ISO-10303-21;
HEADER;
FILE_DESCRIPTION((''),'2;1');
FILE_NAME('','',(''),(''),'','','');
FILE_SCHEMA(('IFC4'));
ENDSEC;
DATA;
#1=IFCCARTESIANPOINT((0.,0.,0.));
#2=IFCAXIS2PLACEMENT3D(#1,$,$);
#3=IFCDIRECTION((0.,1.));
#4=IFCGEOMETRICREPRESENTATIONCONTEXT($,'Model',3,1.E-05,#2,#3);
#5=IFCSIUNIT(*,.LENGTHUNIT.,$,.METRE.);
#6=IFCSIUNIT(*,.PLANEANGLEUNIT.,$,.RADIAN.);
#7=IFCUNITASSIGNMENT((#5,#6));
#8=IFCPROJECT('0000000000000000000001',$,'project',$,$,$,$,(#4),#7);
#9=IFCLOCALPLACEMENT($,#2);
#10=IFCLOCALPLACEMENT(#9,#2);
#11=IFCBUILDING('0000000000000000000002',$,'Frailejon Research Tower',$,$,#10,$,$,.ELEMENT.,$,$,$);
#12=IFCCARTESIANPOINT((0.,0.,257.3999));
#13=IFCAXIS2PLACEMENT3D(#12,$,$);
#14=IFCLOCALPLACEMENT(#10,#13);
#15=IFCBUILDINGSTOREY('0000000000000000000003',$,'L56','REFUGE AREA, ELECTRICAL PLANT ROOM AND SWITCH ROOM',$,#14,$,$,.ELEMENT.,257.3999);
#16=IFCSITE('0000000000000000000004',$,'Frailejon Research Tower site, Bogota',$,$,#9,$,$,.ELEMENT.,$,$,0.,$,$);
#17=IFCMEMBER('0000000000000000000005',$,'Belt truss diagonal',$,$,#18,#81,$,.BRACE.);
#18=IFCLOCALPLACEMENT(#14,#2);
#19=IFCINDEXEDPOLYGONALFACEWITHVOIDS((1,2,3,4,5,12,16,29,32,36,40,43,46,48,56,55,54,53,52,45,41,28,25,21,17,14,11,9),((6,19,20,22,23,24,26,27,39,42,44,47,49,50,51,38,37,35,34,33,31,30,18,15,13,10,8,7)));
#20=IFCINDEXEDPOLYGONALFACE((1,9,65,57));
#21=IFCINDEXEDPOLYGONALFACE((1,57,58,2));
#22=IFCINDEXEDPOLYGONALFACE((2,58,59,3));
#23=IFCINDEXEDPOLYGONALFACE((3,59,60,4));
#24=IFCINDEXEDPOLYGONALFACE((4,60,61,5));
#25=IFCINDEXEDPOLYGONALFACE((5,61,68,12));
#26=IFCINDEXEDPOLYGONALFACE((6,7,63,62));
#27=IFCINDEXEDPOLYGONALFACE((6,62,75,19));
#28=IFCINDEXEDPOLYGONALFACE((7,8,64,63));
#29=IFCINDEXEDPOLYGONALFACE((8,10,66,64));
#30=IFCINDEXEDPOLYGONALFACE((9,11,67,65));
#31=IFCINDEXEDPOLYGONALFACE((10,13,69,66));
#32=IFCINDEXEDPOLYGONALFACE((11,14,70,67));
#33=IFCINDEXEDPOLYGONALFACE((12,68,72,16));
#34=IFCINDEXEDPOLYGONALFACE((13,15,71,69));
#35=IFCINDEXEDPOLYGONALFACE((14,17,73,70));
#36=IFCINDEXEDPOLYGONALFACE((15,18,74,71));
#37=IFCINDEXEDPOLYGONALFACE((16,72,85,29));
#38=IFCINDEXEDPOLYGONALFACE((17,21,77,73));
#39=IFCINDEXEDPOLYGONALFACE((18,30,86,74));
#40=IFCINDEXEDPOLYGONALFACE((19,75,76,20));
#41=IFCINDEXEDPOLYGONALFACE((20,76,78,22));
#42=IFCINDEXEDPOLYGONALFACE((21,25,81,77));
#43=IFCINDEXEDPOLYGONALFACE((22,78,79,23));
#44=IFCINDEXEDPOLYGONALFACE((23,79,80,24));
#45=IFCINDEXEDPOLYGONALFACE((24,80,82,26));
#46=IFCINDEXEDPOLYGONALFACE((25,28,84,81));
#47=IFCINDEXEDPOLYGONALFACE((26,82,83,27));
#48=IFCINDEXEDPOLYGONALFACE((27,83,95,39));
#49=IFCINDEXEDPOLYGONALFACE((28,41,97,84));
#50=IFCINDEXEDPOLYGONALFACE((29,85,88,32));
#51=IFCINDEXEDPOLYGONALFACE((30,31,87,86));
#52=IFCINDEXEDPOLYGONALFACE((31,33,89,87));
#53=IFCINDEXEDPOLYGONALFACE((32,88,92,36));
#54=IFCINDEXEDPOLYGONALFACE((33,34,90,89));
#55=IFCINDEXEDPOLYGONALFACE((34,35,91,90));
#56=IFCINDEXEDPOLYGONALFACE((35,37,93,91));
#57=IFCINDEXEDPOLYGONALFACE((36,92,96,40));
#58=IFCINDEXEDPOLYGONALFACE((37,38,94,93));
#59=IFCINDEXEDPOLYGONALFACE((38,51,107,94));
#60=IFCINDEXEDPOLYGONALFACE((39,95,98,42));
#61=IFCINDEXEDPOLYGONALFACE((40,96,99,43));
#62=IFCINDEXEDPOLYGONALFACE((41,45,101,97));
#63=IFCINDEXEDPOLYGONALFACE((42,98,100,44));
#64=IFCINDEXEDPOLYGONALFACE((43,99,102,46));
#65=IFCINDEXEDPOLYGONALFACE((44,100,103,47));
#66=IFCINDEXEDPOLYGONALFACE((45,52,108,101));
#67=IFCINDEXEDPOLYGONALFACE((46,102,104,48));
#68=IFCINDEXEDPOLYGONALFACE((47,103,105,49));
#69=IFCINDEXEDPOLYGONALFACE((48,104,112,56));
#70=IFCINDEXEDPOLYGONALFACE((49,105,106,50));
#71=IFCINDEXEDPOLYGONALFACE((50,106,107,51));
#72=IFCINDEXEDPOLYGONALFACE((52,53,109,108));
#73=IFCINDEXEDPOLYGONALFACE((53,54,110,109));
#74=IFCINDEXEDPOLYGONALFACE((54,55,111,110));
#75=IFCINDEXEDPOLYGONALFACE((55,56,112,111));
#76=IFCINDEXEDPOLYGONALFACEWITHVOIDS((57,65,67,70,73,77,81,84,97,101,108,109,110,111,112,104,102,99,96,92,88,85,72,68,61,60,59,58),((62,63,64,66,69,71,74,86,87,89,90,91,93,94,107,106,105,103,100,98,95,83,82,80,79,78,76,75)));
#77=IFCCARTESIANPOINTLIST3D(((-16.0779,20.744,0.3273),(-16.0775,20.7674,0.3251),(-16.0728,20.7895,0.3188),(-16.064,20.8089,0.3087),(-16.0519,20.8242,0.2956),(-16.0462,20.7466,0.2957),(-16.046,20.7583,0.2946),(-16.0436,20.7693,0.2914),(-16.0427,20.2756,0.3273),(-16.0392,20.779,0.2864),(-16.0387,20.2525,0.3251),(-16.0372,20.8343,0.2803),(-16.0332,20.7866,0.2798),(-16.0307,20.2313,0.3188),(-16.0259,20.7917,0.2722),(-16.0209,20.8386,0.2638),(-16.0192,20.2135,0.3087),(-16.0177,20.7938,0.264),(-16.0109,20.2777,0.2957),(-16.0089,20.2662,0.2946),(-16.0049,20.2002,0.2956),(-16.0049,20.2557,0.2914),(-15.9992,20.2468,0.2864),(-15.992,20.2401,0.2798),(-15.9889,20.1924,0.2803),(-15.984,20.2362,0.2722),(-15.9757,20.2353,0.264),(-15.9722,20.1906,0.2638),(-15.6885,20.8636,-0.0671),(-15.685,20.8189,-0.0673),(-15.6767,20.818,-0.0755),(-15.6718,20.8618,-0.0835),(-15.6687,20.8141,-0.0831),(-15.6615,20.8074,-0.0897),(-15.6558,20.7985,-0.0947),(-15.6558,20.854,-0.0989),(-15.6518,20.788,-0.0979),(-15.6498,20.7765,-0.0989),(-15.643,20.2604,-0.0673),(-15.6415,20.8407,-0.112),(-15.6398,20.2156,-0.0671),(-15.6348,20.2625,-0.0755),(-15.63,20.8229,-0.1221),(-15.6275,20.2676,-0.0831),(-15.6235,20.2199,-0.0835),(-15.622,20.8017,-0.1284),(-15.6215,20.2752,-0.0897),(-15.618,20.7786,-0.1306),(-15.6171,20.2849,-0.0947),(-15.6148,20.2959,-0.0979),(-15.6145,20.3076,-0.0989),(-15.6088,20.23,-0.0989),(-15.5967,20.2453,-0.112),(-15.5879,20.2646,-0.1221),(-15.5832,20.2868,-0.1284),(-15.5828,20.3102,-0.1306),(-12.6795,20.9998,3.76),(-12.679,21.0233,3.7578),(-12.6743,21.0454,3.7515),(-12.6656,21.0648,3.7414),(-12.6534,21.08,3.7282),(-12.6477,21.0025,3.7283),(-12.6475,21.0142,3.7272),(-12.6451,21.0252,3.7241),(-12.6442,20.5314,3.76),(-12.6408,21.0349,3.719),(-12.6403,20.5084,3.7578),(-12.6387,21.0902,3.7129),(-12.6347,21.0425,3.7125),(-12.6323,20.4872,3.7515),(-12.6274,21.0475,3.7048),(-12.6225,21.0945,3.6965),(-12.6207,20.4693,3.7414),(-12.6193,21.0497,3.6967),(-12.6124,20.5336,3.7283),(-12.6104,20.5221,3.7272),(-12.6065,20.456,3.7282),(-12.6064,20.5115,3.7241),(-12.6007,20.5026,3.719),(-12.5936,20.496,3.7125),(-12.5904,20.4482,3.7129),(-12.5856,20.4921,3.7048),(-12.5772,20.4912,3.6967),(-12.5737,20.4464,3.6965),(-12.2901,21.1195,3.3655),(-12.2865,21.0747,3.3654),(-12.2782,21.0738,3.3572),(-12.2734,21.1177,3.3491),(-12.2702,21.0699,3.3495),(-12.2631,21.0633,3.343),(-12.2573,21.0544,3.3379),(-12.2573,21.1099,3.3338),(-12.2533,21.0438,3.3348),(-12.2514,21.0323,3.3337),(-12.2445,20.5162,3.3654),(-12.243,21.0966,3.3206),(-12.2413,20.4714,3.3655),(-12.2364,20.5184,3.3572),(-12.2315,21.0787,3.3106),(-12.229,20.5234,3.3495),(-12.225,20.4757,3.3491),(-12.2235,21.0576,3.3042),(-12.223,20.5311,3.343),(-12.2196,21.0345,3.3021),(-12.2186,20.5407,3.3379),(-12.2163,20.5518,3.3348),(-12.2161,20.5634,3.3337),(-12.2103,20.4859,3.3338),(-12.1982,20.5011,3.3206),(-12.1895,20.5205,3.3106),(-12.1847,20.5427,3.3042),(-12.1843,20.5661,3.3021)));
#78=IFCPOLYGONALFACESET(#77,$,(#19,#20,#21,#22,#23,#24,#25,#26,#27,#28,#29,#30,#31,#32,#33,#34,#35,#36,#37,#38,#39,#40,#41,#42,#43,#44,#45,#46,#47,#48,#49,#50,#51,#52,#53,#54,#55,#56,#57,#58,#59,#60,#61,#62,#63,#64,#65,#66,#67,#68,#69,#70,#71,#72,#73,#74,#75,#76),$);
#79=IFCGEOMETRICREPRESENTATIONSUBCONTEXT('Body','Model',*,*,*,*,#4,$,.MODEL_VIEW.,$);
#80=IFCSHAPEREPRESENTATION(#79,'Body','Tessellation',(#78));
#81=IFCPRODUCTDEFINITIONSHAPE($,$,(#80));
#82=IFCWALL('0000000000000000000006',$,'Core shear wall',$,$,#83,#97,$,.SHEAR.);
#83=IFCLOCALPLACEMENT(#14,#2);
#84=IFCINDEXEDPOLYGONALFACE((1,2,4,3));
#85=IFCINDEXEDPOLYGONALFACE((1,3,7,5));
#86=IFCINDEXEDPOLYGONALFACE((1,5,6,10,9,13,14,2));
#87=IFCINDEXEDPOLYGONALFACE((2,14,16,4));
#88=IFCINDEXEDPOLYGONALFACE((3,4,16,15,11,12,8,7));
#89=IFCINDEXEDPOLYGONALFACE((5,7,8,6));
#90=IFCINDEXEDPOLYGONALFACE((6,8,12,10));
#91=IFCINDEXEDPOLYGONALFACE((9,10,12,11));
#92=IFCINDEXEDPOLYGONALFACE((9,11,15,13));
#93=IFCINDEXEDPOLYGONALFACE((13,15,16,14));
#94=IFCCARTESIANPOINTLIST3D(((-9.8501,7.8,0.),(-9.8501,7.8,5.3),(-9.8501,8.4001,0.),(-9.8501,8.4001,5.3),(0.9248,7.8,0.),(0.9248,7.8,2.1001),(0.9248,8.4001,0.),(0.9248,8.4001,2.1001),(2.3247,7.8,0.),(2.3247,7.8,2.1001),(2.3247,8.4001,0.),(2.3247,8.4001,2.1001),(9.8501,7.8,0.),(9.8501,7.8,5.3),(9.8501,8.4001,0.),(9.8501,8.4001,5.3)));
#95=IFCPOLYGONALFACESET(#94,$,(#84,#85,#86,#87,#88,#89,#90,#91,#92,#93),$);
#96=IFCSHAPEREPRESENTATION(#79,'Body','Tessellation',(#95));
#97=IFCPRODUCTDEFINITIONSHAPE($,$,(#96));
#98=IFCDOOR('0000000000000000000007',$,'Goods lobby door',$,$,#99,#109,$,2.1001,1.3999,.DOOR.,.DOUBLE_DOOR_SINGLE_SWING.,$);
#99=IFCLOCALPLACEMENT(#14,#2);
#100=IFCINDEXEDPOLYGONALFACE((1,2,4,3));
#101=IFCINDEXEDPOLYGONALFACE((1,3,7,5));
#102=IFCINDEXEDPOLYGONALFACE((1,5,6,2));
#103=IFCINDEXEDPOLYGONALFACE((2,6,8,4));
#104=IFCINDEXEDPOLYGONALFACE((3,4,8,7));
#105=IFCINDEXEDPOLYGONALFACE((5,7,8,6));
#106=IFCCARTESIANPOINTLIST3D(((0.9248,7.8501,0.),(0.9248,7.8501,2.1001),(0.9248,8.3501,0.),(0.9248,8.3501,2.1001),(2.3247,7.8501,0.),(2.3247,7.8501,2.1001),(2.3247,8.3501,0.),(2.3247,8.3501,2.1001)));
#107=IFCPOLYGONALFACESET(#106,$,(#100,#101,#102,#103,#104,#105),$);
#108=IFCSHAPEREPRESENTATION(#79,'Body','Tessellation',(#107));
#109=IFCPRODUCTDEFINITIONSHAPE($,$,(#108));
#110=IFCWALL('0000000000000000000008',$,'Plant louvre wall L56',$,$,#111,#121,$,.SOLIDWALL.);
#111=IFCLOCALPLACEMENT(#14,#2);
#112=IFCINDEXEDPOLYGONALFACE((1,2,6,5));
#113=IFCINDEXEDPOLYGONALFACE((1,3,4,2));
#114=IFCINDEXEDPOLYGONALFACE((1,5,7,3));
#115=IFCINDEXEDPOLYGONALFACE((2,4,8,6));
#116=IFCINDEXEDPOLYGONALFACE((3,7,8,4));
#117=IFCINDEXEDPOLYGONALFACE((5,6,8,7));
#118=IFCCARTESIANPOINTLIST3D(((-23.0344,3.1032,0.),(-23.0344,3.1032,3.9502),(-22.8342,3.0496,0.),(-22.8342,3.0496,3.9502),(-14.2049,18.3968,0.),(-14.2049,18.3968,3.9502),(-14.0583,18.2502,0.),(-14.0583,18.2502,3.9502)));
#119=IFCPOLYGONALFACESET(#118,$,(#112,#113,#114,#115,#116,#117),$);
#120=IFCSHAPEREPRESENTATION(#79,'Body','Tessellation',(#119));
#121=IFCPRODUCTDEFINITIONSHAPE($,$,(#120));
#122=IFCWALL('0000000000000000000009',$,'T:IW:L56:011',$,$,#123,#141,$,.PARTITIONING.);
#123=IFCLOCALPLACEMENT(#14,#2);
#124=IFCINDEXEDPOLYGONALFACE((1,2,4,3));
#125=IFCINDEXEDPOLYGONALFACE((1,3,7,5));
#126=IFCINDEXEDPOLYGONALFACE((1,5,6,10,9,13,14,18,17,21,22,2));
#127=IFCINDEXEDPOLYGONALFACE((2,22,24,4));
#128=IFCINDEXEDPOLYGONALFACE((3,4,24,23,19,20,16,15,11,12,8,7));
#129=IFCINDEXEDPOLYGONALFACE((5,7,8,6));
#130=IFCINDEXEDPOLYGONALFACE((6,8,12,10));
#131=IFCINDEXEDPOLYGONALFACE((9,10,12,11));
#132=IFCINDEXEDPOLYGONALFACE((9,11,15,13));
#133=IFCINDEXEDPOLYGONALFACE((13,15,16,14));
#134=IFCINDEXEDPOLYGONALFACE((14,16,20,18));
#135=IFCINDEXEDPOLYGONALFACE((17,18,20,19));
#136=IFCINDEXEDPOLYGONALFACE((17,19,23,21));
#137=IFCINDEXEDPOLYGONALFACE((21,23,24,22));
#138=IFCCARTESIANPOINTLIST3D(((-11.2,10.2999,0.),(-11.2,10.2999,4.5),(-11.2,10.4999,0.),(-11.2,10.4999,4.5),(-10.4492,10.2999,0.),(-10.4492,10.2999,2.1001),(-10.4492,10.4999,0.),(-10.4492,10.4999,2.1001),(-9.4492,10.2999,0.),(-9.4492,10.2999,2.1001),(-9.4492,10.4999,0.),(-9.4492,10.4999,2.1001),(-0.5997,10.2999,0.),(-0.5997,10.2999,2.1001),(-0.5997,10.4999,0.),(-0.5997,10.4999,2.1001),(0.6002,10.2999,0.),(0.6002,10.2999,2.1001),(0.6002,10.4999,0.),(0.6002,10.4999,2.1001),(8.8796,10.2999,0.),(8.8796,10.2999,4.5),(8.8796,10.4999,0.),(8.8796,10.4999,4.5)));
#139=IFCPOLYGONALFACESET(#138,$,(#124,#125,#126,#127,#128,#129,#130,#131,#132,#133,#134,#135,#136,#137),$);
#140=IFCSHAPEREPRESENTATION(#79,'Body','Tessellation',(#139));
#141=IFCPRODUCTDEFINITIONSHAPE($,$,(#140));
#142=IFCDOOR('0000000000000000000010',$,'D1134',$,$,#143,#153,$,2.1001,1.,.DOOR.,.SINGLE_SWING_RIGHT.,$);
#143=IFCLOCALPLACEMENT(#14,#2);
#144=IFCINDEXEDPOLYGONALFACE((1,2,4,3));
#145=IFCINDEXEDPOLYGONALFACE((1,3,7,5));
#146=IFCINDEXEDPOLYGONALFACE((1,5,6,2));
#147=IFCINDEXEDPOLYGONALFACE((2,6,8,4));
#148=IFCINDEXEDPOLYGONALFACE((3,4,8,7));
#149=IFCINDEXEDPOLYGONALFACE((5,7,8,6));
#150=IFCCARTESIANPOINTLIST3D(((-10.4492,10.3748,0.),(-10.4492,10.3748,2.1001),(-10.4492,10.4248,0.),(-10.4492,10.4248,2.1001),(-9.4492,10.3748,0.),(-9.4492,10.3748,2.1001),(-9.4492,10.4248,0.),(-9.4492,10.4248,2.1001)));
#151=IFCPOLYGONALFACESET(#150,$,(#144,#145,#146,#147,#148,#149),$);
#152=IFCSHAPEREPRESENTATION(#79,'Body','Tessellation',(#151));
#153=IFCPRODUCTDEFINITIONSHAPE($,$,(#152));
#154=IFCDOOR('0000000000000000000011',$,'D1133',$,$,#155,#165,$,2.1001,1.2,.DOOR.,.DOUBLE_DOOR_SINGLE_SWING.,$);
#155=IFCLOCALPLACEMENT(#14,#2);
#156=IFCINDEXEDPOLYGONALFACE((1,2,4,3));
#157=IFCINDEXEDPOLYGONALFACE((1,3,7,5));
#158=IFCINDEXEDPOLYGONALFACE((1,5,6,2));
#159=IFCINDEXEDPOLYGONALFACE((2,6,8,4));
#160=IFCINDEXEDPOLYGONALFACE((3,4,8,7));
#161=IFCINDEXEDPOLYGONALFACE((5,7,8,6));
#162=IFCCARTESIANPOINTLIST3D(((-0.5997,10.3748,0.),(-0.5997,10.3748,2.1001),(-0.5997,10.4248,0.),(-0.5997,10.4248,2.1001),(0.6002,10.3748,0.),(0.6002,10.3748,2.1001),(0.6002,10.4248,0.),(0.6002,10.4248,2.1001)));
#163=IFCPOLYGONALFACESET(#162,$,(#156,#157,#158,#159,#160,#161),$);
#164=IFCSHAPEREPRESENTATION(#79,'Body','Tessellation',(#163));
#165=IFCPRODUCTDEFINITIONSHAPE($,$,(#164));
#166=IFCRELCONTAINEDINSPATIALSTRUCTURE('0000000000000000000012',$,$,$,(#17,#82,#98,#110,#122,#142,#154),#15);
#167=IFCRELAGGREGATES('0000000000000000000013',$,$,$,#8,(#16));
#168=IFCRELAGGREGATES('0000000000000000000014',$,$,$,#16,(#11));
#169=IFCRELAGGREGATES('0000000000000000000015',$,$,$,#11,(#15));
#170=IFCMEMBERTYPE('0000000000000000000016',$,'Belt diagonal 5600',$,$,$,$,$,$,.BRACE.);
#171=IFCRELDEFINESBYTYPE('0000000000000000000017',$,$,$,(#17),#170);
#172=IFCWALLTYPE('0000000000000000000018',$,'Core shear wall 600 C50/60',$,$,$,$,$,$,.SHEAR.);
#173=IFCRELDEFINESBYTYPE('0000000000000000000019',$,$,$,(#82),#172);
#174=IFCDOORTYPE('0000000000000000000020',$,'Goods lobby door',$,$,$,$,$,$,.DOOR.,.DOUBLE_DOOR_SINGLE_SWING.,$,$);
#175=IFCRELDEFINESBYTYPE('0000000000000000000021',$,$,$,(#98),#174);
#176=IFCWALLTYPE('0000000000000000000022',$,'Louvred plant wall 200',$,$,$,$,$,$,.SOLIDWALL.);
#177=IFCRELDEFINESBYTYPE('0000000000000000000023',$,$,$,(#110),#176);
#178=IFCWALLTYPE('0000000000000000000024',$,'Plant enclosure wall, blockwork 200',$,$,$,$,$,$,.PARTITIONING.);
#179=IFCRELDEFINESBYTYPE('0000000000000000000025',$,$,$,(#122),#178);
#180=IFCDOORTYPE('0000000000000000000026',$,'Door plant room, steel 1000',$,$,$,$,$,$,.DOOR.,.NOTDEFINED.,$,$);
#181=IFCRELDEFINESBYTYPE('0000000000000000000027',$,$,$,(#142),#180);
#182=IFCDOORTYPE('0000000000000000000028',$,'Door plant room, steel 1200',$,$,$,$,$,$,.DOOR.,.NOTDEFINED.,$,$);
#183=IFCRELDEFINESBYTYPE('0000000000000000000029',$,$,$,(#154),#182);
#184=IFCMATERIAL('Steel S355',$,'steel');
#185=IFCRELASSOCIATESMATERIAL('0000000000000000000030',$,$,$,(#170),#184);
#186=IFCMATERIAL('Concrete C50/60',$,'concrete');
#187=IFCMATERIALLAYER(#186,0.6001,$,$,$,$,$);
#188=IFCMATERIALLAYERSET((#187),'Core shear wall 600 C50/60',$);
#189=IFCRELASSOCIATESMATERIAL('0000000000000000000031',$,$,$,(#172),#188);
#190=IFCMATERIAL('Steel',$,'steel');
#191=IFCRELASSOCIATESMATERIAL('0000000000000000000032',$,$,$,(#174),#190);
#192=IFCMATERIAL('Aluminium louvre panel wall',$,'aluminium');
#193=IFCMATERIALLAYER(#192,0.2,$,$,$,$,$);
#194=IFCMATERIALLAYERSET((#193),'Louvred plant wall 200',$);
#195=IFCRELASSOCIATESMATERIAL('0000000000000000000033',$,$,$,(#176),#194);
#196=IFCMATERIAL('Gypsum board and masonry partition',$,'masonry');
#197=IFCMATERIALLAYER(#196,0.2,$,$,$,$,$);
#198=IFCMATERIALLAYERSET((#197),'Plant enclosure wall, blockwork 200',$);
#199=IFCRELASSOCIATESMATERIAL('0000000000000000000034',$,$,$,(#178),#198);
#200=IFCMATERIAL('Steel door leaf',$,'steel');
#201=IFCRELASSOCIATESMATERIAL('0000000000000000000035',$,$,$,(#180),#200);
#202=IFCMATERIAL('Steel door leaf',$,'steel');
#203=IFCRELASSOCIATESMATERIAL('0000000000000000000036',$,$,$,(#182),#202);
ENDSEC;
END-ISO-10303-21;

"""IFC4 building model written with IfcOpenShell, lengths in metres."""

from ifc_helpers import new_model, si_unit, direction, frame, frame_2d, origin, origin_2d, place, context, subcontext, project, spatial, polyline, rectangle, hollow_rectangle, outline, extrude, material, layer, layer_set, material_profile, profile_set, type_object, element, fill, save


model = new_model("IFC4")

# Units and contexts
model_context = context("Model", 3, precision=1e-05, world=origin(), true_north=direction((0.0, 1.0)))
body_context = subcontext(model_context, "Body", "Model", "MODEL_VIEW")
ifc_project = project(units=[si_unit("LENGTHUNIT", "METRE"), si_unit("PLANEANGLEUNIT", "RADIAN")], contexts=[model_context])

# Site, building, storey
site_placement = place(None, origin())
site = spatial("IfcSite", under=ifc_project, at=site_placement, Name="Frailejon Research Tower site, Bogota", CompositionType="ELEMENT", RefElevation=0.0)
building_placement = place(site_placement, origin())
building = spatial("IfcBuilding", under=site, at=building_placement, Name="Frailejon Research Tower", CompositionType="ELEMENT")
storey_placement = place(building_placement, frame((0.0, 0.0, 257.3999)))
storey = spatial("IfcBuildingStorey", under=building, at=storey_placement, Name="L56", Description="REFUGE AREA, ELECTRICAL PLANT ROOM AND SWITCH ROOM", CompositionType="ELEMENT", Elevation=257.3999)

# Member
ifc_material_1 = material(Name="Steel S355", Category="steel")
ifc_material_profile = material_profile(ifc_material_1, hollow_rectangle(XDim=0.6499, YDim=0.6499, WallThickness=0.0449, InnerFilletRadius=0.0449, OuterFilletRadius=0.0901, at=origin_2d()), Name="Belt diagonal 5600")
ifc_profile_set = profile_set([ifc_material_profile], Name="Steel S355")
member_type = type_object("IfcMemberType", Name="Belt diagonal 5600", PredefinedType="BRACE", material=ifc_profile_set)
member_placement = place(storey_placement, frame((-12.4319, 20.783, 3.531), z_axis=(-0.702575, -0.052895, -0.709641), x_axis=(0.075075, -0.997178, 0.0)))
element("IfcMember", 1, at=member_placement, inside=storey, type_object=member_type, Name="Belt truss diagonal", PredefinedType="BRACE", context=body_context, shape_type="SweptSolid", body=[
    extrude(hollow_rectangle(XDim=0.6499, YDim=0.6499, WallThickness=0.0449, InnerFilletRadius=0.0449, OuterFilletRadius=0.0901, at=origin_2d()), origin(), (0.0, 0.0, 1.0), 4.8372),
])

# Wall, opening, door
ifc_material_2 = material(Name="Concrete C50/60", Category="concrete")
ifc_layer_1 = layer(ifc_material_2, 0.6001)
ifc_layer_set_1 = layer_set([ifc_layer_1], Name="Core shear wall 600 C50/60")
wall_type_1 = type_object("IfcWallType", Name="Core shear wall 600 C50/60", PredefinedType="SHEAR", material=ifc_layer_set_1)
wall_1_placement = place(storey_placement, frame((-9.8501, 8.1001, 0.0), z_axis=(0.0, 0.0, 1.0), x_axis=(1.0, 0.0, 0.0)))
wall_1 = element("IfcWall", 2, at=wall_1_placement, inside=storey, type_object=wall_type_1, Name="Core shear wall", PredefinedType="SHEAR", context=body_context, shape_type="SweptSolid", body=[
    extrude(rectangle(XDim=19.7002, YDim=0.6001, at=frame_2d((9.8501, 0.0))), origin(), (0.0, 0.0, 1.0), 5.3),
])
opening_1_placement = place(wall_1_placement, frame((10.7749, 0.0, 0.0)))
opening_1 = element("IfcOpeningElement", 3, at=opening_1_placement, cuts=wall_1, PredefinedType="OPENING", context=body_context, shape_type="SweptSolid", body=[
    extrude(rectangle(XDim=1.3999, YDim=2.1001, at=frame_2d((0.7, 1.05))), frame((0.0, 0.3101, 0.0), z_axis=(0.0, -1.0, 0.0), x_axis=(1.0, 0.0, 0.0)), (0.0, 0.0, 1.0), 0.6201),
])
ifc_material_3 = material(Name="Steel", Category="steel")
door_type_1 = type_object("IfcDoorType", Name="Goods lobby door", OperationType="DOUBLE_DOOR_SINGLE_SWING", PredefinedType="DOOR", material=ifc_material_3)
door_1_placement = place(opening_1_placement, origin())
door_1 = element("IfcDoor", 4, at=door_1_placement, inside=storey, type_object=door_type_1, Name="Goods lobby door", OperationType="DOUBLE_DOOR_SINGLE_SWING", OverallHeight=2.1001, OverallWidth=1.3999, PredefinedType="DOOR", context=body_context, shape_type="SweptSolid", body=[
    extrude(rectangle(XDim=1.3999, YDim=2.1001, at=frame_2d((0.7, 1.05))), frame((0.0, 0.25, 0.0), z_axis=(0.0, -1.0, 0.0), x_axis=(1.0, 0.0, 0.0)), (0.0, 0.0, 1.0), 0.5),
])
fill(opening_1, door_1)

# Wall
ifc_material_4 = material(Name="Aluminium louvre panel wall", Category="aluminium")
ifc_layer_2 = layer(ifc_material_4, 0.2)
ifc_layer_set_2 = layer_set([ifc_layer_2], Name="Louvred plant wall 200")
wall_type_2 = type_object("IfcWallType", Name="Louvred plant wall 200", PredefinedType="SOLIDWALL", material=ifc_layer_set_2)
wall_2_placement = place(storey_placement, frame((-14.1316, 18.3235, 0.0), z_axis=(0.0, 0.0, 1.0), x_axis=(-0.499993, -0.866029, 0.0)))
element("IfcWall", 5, at=wall_2_placement, inside=storey, type_object=wall_type_2, Name="Plant louvre wall L56", PredefinedType="SOLIDWALL", context=body_context, shape_type="SweptSolid", body=[
    extrude(outline(polyline([(-0.0269, -0.1001), (17.6326, -0.1001), (17.5789, 0.1001), (0.0269, 0.1001), (-0.0269, -0.1001)])), origin(), (0.0, 0.0, 1.0), 3.9502),
])

# Wall, openings, doors
ifc_material_5 = material(Name="Gypsum board and masonry partition", Category="masonry")
ifc_layer_3 = layer(ifc_material_5, 0.2)
ifc_layer_set_3 = layer_set([ifc_layer_3], Name="Plant enclosure wall, blockwork 200")
wall_type_3 = type_object("IfcWallType", Name="Plant enclosure wall, blockwork 200", PredefinedType="PARTITIONING", material=ifc_layer_set_3)
wall_3_placement = place(storey_placement, frame((-11.2, 10.3999, 0.0), z_axis=(0.0, 0.0, 1.0), x_axis=(1.0, 0.0, 0.0)))
wall_3 = element("IfcWall", 6, at=wall_3_placement, inside=storey, type_object=wall_type_3, Name="T:IW:L56:011", PredefinedType="PARTITIONING", context=body_context, shape_type="SweptSolid", body=[
    extrude(rectangle(XDim=20.0796, YDim=0.2, at=frame_2d((10.0398, 0.0))), origin(), (0.0, 0.0, 1.0), 4.5),
])
opening_2_placement = place(wall_3_placement, frame((10.6001, 0.0, 0.0)))
opening_2 = element("IfcOpeningElement", 7, at=opening_2_placement, cuts=wall_3, PredefinedType="OPENING", context=body_context, shape_type="SweptSolid", body=[
    extrude(rectangle(XDim=1.2, YDim=2.1001, at=frame_2d((0.6001, 1.05))), frame((0.0, 0.1099, 0.0), z_axis=(0.0, -1.0, 0.0), x_axis=(1.0, 0.0, 0.0)), (0.0, 0.0, 1.0), 0.22),
])
opening_3_placement = place(wall_3_placement, frame((0.7507, 0.0, 0.0)))
opening_3 = element("IfcOpeningElement", 8, at=opening_3_placement, cuts=wall_3, PredefinedType="OPENING", context=body_context, shape_type="SweptSolid", body=[
    extrude(rectangle(XDim=1.0, YDim=2.1001, at=frame_2d((0.5, 1.05))), frame((0.0, 0.1099, 0.0), z_axis=(0.0, -1.0, 0.0), x_axis=(1.0, 0.0, 0.0)), (0.0, 0.0, 1.0), 0.22),
])
ifc_material_6 = material(Name="Steel door leaf", Category="steel")
door_type_2 = type_object("IfcDoorType", Name="Door plant room, steel 1000", OperationType="NOTDEFINED", PredefinedType="DOOR", material=ifc_material_6)
door_2_placement = place(opening_3_placement, origin())
door_2 = element("IfcDoor", 9, at=door_2_placement, inside=storey, type_object=door_type_2, Name="D1134", OperationType="SINGLE_SWING_RIGHT", OverallHeight=2.1001, OverallWidth=1.0, PredefinedType="DOOR", context=body_context, shape_type="SweptSolid", body=[
    extrude(rectangle(XDim=1.0, YDim=2.1001, at=frame_2d((0.5, 1.05))), frame((0.0, 0.0249, 0.0), z_axis=(0.0, -1.0, 0.0), x_axis=(1.0, 0.0, 0.0)), (0.0, 0.0, 1.0), 0.05),
])
fill(opening_3, door_2)
ifc_material_7 = material(Name="Steel door leaf", Category="steel")
door_type_3 = type_object("IfcDoorType", Name="Door plant room, steel 1200", OperationType="NOTDEFINED", PredefinedType="DOOR", material=ifc_material_7)
door_3_placement = place(opening_2_placement, origin())
door_3 = element("IfcDoor", 10, at=door_3_placement, inside=storey, type_object=door_type_3, Name="D1133", OperationType="DOUBLE_DOOR_SINGLE_SWING", OverallHeight=2.1001, OverallWidth=1.2, PredefinedType="DOOR", context=body_context, shape_type="SweptSolid", body=[
    extrude(rectangle(XDim=1.2, YDim=2.1001, at=frame_2d((0.6001, 1.05))), frame((0.0, 0.0249, 0.0), z_axis=(0.0, -1.0, 0.0), x_axis=(1.0, 0.0, 0.0)), (0.0, 0.0, 1.0), 0.05),
])
fill(opening_2, door_3)

save(model, "model.ifc")
